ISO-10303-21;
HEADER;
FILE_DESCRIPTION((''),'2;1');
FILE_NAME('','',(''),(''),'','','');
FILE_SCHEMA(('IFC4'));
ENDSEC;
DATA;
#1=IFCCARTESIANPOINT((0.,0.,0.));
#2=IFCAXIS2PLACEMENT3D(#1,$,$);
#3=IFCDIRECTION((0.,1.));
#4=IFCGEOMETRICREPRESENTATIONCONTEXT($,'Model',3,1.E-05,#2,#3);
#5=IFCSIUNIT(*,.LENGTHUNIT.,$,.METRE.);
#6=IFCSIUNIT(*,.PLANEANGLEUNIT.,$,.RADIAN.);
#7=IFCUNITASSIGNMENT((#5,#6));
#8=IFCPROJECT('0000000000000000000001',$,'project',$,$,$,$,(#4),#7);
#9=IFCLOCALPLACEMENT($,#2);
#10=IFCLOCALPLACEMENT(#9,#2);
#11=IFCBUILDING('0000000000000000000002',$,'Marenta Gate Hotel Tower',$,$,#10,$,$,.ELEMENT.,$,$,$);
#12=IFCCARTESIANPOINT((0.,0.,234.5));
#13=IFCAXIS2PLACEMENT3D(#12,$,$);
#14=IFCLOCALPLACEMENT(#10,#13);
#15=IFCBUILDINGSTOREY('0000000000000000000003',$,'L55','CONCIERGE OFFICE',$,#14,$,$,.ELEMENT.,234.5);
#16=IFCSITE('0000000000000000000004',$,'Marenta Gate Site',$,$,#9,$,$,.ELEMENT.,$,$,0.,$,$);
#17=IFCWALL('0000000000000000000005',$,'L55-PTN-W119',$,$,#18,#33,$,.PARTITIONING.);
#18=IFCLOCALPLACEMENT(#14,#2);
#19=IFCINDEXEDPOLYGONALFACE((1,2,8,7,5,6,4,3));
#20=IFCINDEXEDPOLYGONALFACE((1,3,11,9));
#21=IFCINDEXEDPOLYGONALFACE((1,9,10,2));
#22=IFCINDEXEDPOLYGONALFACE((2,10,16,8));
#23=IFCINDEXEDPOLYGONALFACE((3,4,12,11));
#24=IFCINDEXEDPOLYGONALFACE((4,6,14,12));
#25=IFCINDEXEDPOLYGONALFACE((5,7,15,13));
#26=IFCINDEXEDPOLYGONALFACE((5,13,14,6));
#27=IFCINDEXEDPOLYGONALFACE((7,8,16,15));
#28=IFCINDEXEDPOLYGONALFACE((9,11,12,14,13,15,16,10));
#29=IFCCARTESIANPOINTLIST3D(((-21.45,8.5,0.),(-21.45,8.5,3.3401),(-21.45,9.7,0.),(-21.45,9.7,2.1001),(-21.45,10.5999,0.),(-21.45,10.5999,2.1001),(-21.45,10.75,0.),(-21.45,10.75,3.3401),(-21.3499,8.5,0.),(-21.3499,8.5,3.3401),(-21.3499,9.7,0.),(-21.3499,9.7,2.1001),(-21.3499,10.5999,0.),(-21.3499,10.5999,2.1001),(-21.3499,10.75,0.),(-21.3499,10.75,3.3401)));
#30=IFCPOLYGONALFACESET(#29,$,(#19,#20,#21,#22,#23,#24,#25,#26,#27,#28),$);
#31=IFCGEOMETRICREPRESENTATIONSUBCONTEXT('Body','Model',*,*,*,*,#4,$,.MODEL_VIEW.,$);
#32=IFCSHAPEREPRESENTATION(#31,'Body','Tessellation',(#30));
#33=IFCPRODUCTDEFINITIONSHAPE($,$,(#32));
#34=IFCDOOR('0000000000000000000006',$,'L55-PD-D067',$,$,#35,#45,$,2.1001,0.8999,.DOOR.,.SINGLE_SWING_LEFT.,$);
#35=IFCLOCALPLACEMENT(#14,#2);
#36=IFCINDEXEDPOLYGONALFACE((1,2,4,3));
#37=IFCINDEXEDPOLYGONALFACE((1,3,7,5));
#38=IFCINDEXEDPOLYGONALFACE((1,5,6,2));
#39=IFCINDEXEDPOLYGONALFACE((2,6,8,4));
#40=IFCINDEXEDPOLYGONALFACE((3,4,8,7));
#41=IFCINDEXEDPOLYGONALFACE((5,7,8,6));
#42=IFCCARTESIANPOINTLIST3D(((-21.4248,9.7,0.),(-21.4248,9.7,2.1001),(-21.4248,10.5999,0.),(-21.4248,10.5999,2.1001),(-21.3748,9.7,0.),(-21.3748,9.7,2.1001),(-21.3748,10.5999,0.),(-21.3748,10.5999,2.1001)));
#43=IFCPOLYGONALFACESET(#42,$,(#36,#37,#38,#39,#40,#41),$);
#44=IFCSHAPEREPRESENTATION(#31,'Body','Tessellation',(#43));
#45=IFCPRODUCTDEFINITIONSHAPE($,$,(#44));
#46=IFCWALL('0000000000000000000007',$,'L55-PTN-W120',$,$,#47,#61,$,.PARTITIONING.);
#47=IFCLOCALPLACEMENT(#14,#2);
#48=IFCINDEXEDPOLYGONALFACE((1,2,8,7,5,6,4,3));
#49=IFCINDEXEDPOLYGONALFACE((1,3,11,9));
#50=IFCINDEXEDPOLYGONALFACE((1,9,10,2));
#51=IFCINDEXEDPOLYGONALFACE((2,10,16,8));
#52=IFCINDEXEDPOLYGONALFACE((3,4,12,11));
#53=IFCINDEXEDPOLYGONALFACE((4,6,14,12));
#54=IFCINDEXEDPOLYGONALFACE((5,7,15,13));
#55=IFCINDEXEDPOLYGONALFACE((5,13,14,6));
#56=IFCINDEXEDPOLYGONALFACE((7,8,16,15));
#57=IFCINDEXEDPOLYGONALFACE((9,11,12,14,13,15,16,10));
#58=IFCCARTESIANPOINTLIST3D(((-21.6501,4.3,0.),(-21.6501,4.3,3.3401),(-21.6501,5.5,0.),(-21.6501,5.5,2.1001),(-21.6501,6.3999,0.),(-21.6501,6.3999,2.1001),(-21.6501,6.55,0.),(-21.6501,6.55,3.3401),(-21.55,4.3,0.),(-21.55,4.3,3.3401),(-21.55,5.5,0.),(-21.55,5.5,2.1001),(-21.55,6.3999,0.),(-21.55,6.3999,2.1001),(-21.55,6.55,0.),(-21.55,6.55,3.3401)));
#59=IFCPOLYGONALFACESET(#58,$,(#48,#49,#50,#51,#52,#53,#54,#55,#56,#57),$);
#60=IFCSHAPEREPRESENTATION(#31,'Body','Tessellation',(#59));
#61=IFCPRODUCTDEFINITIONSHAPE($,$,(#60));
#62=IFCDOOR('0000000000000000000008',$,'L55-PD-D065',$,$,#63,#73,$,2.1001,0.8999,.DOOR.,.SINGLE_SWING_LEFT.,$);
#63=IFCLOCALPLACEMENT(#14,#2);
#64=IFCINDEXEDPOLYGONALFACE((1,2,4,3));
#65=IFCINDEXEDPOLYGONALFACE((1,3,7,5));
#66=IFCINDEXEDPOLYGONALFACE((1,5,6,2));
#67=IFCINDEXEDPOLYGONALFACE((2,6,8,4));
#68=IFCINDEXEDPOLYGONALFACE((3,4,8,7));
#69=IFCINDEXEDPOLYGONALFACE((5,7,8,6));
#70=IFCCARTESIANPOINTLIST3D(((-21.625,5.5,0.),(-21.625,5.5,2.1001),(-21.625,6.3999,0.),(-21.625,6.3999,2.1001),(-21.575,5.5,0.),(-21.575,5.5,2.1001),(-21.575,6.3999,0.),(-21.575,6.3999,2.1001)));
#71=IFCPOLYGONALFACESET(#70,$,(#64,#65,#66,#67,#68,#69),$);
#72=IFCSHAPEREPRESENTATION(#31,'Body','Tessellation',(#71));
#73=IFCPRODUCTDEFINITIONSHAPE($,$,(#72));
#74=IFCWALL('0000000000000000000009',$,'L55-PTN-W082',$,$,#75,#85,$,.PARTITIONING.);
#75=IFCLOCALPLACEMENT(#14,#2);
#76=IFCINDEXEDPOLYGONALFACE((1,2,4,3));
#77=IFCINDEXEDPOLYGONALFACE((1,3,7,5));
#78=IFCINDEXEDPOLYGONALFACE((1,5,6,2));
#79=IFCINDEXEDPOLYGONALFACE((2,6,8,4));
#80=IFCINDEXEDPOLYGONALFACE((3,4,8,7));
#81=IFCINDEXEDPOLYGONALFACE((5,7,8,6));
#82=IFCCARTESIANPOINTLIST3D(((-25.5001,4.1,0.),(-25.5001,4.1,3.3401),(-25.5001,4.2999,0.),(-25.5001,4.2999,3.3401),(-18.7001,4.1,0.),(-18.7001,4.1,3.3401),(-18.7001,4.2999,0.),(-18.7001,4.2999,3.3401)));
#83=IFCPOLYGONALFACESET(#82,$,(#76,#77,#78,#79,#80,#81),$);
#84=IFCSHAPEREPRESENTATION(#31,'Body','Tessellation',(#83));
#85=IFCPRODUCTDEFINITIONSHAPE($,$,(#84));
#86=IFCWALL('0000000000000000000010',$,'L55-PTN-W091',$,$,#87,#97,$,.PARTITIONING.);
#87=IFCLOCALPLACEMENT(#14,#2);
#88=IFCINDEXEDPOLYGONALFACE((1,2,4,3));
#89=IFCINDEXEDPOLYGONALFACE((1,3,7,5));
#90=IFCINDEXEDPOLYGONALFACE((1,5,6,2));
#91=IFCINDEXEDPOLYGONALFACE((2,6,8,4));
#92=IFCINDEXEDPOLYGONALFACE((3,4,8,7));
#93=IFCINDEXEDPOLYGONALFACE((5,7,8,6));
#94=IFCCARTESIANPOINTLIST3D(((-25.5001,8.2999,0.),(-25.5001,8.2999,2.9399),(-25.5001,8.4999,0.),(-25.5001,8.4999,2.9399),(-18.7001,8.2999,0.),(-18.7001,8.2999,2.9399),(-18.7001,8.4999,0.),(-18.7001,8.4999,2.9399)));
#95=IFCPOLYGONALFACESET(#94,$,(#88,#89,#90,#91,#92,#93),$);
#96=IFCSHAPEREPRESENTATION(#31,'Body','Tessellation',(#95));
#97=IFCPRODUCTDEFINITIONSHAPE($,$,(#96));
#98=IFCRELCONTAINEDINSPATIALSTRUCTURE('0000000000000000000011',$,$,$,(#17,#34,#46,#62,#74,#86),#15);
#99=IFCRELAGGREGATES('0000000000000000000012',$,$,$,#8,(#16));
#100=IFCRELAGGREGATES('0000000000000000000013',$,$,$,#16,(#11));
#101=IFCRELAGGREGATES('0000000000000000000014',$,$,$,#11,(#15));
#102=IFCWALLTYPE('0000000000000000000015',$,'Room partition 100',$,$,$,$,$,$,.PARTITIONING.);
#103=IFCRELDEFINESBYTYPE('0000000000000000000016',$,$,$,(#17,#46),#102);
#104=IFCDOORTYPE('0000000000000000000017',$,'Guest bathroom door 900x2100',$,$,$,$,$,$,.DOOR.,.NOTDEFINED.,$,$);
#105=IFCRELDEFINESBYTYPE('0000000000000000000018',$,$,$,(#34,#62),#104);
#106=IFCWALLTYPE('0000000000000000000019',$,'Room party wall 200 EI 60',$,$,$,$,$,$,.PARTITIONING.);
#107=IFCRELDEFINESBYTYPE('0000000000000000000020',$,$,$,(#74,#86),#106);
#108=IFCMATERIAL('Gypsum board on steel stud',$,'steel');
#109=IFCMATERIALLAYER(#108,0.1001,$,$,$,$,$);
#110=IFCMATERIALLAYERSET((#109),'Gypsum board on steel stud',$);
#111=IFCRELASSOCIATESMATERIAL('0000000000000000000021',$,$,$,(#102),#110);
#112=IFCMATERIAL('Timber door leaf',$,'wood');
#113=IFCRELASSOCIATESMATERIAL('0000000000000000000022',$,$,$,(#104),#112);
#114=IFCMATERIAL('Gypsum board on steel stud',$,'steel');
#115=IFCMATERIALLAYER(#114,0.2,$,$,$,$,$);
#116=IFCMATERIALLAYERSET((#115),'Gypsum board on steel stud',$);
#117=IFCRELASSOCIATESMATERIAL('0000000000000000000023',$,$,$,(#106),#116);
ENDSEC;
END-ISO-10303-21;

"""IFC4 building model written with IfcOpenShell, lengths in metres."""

from ifc_helpers import new_model, si_unit, direction, frame, frame_2d, origin, place, context, subcontext, project, spatial, rectangle, extrude, material, layer, layer_set, type_object, element, fill, save


model = new_model("IFC4")

# Units and contexts
model_context = context("Model", 3, precision=1e-05, world=origin(), true_north=direction((0.0, 1.0)))
body_context = subcontext(model_context, "Body", "Model", "MODEL_VIEW")
ifc_project = project(units=[si_unit("LENGTHUNIT", "METRE"), si_unit("PLANEANGLEUNIT", "RADIAN")], contexts=[model_context])

# Site, building, storey
site_placement = place(None, origin())
site = spatial("IfcSite", under=ifc_project, at=site_placement, Name="Marenta Gate Site", CompositionType="ELEMENT", RefElevation=0.0)
building_placement = place(site_placement, origin())
building = spatial("IfcBuilding", under=site, at=building_placement, Name="Marenta Gate Hotel Tower", CompositionType="ELEMENT")
storey_placement = place(building_placement, frame((0.0, 0.0, 234.5)))
storey = spatial("IfcBuildingStorey", under=building, at=storey_placement, Name="L55", Description="CONCIERGE OFFICE", CompositionType="ELEMENT", Elevation=234.5)

# Shared definitions
ifc_material_1 = material(Name="Gypsum board on steel stud", Category="steel")
ifc_layer_1 = layer(ifc_material_1, 0.1001)
ifc_layer_set_1 = layer_set([ifc_layer_1], Name="Gypsum board on steel stud")
wall_type_1 = type_object("IfcWallType", Name="Room partition 100", PredefinedType="PARTITIONING", material=ifc_layer_set_1)

# Walls, openings, doors
ifc_material_2 = material(Name="Timber door leaf", Category="wood")
door_type = type_object("IfcDoorType", Name="Guest bathroom door 900x2100", OperationType="NOTDEFINED", PredefinedType="DOOR", material=ifc_material_2)
wall_1_placement = place(storey_placement, frame((-21.3999, 8.5, 0.0), z_axis=(0.0, 0.0, 1.0), x_axis=(0.0, 1.0, 0.0)))
wall_1 = element("IfcWall", 1, at=wall_1_placement, inside=storey, type_object=wall_type_1, Name="L55-PTN-W119", PredefinedType="PARTITIONING", context=body_context, shape_type="SweptSolid", body=[
    extrude(rectangle(XDim=2.25, YDim=0.1001, at=frame_2d((1.125, 0.0))), origin(), (0.0, 0.0, 1.0), 3.3401),
])
opening_1_placement = place(wall_1_placement, frame((1.2, 0.0, 0.0)))
opening_1 = element("IfcOpeningElement", 2, at=opening_1_placement, cuts=wall_1, PredefinedType="OPENING", context=body_context, shape_type="SweptSolid", body=[
    extrude(rectangle(XDim=0.8999, YDim=2.1001, at=frame_2d((0.45, 1.05))), frame((0.0, 0.05, 0.0), z_axis=(0.0, -1.0, 0.0), x_axis=(1.0, 0.0, 0.0)), (0.0, 0.0, 1.0), 0.1001),
])
door_1_placement = place(opening_1_placement, origin())
door_1 = element("IfcDoor", 3, at=door_1_placement, inside=storey, type_object=door_type, Name="L55-PD-D067", OperationType="SINGLE_SWING_LEFT", OverallHeight=2.1001, OverallWidth=0.8999, PredefinedType="DOOR", context=body_context, shape_type="SweptSolid", body=[
    extrude(rectangle(XDim=0.8999, YDim=2.1001, at=frame_2d((0.45, 1.05))), frame((0.0, 0.0249, 0.0), z_axis=(0.0, -1.0, 0.0), x_axis=(1.0, 0.0, 0.0)), (0.0, 0.0, 1.0), 0.05),
])
fill(opening_1, door_1)
wall_2_placement = place(storey_placement, frame((-21.6001, 4.3, 0.0), z_axis=(0.0, 0.0, 1.0), x_axis=(0.0, 1.0, 0.0)))
wall_2 = element("IfcWall", 4, at=wall_2_placement, inside=storey, type_object=wall_type_1, Name="L55-PTN-W120", PredefinedType="PARTITIONING", context=body_context, shape_type="SweptSolid", body=[
    extrude(rectangle(XDim=2.25, YDim=0.1001, at=frame_2d((1.125, 0.0))), origin(), (0.0, 0.0, 1.0), 3.3401),
])
opening_2_placement = place(wall_2_placement, frame((1.2, 0.0, 0.0)))
opening_2 = element("IfcOpeningElement", 5, at=opening_2_placement, cuts=wall_2, PredefinedType="OPENING", context=body_context, shape_type="SweptSolid", body=[
    extrude(rectangle(XDim=0.8999, YDim=2.1001, at=frame_2d((0.45, 1.05))), frame((0.0, 0.05, 0.0), z_axis=(0.0, -1.0, 0.0), x_axis=(1.0, 0.0, 0.0)), (0.0, 0.0, 1.0), 0.1001),
])
door_2_placement = place(opening_2_placement, origin())
door_2 = element("IfcDoor", 6, at=door_2_placement, inside=storey, type_object=door_type, Name="L55-PD-D065", OperationType="SINGLE_SWING_LEFT", OverallHeight=2.1001, OverallWidth=0.8999, PredefinedType="DOOR", context=body_context, shape_type="SweptSolid", body=[
    extrude(rectangle(XDim=0.8999, YDim=2.1001, at=frame_2d((0.45, 1.05))), frame((0.0, 0.0249, 0.0), z_axis=(0.0, -1.0, 0.0), x_axis=(1.0, 0.0, 0.0)), (0.0, 0.0, 1.0), 0.05),
])
fill(opening_2, door_2)

# Walls
ifc_material_3 = material(Name="Gypsum board on steel stud", Category="steel")
ifc_layer_2 = layer(ifc_material_3, 0.2)
ifc_layer_set_2 = layer_set([ifc_layer_2], Name="Gypsum board on steel stud")
wall_type_2 = type_object("IfcWallType", Name="Room party wall 200 EI 60", PredefinedType="PARTITIONING", material=ifc_layer_set_2)
wall_3_placement = place(storey_placement, frame((-25.5, 4.2, 0.0), z_axis=(0.0, 0.0, 1.0), x_axis=(1.0, 0.0, 0.0)))
element("IfcWall", 7, at=wall_3_placement, inside=storey, type_object=wall_type_2, Name="L55-PTN-W082", PredefinedType="PARTITIONING", context=body_context, shape_type="SweptSolid", body=[
    extrude(rectangle(XDim=6.8, YDim=0.2, at=frame_2d((3.3999, 0.0))), origin(), (0.0, 0.0, 1.0), 3.3401),
])
wall_4_placement = place(storey_placement, frame((-25.5, 8.3999, 0.0), z_axis=(0.0, 0.0, 1.0), x_axis=(1.0, 0.0, 0.0)))
element("IfcWall", 8, at=wall_4_placement, inside=storey, type_object=wall_type_2, Name="L55-PTN-W091", PredefinedType="PARTITIONING", context=body_context, shape_type="SweptSolid", body=[
    extrude(rectangle(XDim=6.8, YDim=0.2, at=frame_2d((3.3999, 0.0))), origin(), (0.0, 0.0, 1.0), 2.9399),
])

save(model, "model.ifc")
